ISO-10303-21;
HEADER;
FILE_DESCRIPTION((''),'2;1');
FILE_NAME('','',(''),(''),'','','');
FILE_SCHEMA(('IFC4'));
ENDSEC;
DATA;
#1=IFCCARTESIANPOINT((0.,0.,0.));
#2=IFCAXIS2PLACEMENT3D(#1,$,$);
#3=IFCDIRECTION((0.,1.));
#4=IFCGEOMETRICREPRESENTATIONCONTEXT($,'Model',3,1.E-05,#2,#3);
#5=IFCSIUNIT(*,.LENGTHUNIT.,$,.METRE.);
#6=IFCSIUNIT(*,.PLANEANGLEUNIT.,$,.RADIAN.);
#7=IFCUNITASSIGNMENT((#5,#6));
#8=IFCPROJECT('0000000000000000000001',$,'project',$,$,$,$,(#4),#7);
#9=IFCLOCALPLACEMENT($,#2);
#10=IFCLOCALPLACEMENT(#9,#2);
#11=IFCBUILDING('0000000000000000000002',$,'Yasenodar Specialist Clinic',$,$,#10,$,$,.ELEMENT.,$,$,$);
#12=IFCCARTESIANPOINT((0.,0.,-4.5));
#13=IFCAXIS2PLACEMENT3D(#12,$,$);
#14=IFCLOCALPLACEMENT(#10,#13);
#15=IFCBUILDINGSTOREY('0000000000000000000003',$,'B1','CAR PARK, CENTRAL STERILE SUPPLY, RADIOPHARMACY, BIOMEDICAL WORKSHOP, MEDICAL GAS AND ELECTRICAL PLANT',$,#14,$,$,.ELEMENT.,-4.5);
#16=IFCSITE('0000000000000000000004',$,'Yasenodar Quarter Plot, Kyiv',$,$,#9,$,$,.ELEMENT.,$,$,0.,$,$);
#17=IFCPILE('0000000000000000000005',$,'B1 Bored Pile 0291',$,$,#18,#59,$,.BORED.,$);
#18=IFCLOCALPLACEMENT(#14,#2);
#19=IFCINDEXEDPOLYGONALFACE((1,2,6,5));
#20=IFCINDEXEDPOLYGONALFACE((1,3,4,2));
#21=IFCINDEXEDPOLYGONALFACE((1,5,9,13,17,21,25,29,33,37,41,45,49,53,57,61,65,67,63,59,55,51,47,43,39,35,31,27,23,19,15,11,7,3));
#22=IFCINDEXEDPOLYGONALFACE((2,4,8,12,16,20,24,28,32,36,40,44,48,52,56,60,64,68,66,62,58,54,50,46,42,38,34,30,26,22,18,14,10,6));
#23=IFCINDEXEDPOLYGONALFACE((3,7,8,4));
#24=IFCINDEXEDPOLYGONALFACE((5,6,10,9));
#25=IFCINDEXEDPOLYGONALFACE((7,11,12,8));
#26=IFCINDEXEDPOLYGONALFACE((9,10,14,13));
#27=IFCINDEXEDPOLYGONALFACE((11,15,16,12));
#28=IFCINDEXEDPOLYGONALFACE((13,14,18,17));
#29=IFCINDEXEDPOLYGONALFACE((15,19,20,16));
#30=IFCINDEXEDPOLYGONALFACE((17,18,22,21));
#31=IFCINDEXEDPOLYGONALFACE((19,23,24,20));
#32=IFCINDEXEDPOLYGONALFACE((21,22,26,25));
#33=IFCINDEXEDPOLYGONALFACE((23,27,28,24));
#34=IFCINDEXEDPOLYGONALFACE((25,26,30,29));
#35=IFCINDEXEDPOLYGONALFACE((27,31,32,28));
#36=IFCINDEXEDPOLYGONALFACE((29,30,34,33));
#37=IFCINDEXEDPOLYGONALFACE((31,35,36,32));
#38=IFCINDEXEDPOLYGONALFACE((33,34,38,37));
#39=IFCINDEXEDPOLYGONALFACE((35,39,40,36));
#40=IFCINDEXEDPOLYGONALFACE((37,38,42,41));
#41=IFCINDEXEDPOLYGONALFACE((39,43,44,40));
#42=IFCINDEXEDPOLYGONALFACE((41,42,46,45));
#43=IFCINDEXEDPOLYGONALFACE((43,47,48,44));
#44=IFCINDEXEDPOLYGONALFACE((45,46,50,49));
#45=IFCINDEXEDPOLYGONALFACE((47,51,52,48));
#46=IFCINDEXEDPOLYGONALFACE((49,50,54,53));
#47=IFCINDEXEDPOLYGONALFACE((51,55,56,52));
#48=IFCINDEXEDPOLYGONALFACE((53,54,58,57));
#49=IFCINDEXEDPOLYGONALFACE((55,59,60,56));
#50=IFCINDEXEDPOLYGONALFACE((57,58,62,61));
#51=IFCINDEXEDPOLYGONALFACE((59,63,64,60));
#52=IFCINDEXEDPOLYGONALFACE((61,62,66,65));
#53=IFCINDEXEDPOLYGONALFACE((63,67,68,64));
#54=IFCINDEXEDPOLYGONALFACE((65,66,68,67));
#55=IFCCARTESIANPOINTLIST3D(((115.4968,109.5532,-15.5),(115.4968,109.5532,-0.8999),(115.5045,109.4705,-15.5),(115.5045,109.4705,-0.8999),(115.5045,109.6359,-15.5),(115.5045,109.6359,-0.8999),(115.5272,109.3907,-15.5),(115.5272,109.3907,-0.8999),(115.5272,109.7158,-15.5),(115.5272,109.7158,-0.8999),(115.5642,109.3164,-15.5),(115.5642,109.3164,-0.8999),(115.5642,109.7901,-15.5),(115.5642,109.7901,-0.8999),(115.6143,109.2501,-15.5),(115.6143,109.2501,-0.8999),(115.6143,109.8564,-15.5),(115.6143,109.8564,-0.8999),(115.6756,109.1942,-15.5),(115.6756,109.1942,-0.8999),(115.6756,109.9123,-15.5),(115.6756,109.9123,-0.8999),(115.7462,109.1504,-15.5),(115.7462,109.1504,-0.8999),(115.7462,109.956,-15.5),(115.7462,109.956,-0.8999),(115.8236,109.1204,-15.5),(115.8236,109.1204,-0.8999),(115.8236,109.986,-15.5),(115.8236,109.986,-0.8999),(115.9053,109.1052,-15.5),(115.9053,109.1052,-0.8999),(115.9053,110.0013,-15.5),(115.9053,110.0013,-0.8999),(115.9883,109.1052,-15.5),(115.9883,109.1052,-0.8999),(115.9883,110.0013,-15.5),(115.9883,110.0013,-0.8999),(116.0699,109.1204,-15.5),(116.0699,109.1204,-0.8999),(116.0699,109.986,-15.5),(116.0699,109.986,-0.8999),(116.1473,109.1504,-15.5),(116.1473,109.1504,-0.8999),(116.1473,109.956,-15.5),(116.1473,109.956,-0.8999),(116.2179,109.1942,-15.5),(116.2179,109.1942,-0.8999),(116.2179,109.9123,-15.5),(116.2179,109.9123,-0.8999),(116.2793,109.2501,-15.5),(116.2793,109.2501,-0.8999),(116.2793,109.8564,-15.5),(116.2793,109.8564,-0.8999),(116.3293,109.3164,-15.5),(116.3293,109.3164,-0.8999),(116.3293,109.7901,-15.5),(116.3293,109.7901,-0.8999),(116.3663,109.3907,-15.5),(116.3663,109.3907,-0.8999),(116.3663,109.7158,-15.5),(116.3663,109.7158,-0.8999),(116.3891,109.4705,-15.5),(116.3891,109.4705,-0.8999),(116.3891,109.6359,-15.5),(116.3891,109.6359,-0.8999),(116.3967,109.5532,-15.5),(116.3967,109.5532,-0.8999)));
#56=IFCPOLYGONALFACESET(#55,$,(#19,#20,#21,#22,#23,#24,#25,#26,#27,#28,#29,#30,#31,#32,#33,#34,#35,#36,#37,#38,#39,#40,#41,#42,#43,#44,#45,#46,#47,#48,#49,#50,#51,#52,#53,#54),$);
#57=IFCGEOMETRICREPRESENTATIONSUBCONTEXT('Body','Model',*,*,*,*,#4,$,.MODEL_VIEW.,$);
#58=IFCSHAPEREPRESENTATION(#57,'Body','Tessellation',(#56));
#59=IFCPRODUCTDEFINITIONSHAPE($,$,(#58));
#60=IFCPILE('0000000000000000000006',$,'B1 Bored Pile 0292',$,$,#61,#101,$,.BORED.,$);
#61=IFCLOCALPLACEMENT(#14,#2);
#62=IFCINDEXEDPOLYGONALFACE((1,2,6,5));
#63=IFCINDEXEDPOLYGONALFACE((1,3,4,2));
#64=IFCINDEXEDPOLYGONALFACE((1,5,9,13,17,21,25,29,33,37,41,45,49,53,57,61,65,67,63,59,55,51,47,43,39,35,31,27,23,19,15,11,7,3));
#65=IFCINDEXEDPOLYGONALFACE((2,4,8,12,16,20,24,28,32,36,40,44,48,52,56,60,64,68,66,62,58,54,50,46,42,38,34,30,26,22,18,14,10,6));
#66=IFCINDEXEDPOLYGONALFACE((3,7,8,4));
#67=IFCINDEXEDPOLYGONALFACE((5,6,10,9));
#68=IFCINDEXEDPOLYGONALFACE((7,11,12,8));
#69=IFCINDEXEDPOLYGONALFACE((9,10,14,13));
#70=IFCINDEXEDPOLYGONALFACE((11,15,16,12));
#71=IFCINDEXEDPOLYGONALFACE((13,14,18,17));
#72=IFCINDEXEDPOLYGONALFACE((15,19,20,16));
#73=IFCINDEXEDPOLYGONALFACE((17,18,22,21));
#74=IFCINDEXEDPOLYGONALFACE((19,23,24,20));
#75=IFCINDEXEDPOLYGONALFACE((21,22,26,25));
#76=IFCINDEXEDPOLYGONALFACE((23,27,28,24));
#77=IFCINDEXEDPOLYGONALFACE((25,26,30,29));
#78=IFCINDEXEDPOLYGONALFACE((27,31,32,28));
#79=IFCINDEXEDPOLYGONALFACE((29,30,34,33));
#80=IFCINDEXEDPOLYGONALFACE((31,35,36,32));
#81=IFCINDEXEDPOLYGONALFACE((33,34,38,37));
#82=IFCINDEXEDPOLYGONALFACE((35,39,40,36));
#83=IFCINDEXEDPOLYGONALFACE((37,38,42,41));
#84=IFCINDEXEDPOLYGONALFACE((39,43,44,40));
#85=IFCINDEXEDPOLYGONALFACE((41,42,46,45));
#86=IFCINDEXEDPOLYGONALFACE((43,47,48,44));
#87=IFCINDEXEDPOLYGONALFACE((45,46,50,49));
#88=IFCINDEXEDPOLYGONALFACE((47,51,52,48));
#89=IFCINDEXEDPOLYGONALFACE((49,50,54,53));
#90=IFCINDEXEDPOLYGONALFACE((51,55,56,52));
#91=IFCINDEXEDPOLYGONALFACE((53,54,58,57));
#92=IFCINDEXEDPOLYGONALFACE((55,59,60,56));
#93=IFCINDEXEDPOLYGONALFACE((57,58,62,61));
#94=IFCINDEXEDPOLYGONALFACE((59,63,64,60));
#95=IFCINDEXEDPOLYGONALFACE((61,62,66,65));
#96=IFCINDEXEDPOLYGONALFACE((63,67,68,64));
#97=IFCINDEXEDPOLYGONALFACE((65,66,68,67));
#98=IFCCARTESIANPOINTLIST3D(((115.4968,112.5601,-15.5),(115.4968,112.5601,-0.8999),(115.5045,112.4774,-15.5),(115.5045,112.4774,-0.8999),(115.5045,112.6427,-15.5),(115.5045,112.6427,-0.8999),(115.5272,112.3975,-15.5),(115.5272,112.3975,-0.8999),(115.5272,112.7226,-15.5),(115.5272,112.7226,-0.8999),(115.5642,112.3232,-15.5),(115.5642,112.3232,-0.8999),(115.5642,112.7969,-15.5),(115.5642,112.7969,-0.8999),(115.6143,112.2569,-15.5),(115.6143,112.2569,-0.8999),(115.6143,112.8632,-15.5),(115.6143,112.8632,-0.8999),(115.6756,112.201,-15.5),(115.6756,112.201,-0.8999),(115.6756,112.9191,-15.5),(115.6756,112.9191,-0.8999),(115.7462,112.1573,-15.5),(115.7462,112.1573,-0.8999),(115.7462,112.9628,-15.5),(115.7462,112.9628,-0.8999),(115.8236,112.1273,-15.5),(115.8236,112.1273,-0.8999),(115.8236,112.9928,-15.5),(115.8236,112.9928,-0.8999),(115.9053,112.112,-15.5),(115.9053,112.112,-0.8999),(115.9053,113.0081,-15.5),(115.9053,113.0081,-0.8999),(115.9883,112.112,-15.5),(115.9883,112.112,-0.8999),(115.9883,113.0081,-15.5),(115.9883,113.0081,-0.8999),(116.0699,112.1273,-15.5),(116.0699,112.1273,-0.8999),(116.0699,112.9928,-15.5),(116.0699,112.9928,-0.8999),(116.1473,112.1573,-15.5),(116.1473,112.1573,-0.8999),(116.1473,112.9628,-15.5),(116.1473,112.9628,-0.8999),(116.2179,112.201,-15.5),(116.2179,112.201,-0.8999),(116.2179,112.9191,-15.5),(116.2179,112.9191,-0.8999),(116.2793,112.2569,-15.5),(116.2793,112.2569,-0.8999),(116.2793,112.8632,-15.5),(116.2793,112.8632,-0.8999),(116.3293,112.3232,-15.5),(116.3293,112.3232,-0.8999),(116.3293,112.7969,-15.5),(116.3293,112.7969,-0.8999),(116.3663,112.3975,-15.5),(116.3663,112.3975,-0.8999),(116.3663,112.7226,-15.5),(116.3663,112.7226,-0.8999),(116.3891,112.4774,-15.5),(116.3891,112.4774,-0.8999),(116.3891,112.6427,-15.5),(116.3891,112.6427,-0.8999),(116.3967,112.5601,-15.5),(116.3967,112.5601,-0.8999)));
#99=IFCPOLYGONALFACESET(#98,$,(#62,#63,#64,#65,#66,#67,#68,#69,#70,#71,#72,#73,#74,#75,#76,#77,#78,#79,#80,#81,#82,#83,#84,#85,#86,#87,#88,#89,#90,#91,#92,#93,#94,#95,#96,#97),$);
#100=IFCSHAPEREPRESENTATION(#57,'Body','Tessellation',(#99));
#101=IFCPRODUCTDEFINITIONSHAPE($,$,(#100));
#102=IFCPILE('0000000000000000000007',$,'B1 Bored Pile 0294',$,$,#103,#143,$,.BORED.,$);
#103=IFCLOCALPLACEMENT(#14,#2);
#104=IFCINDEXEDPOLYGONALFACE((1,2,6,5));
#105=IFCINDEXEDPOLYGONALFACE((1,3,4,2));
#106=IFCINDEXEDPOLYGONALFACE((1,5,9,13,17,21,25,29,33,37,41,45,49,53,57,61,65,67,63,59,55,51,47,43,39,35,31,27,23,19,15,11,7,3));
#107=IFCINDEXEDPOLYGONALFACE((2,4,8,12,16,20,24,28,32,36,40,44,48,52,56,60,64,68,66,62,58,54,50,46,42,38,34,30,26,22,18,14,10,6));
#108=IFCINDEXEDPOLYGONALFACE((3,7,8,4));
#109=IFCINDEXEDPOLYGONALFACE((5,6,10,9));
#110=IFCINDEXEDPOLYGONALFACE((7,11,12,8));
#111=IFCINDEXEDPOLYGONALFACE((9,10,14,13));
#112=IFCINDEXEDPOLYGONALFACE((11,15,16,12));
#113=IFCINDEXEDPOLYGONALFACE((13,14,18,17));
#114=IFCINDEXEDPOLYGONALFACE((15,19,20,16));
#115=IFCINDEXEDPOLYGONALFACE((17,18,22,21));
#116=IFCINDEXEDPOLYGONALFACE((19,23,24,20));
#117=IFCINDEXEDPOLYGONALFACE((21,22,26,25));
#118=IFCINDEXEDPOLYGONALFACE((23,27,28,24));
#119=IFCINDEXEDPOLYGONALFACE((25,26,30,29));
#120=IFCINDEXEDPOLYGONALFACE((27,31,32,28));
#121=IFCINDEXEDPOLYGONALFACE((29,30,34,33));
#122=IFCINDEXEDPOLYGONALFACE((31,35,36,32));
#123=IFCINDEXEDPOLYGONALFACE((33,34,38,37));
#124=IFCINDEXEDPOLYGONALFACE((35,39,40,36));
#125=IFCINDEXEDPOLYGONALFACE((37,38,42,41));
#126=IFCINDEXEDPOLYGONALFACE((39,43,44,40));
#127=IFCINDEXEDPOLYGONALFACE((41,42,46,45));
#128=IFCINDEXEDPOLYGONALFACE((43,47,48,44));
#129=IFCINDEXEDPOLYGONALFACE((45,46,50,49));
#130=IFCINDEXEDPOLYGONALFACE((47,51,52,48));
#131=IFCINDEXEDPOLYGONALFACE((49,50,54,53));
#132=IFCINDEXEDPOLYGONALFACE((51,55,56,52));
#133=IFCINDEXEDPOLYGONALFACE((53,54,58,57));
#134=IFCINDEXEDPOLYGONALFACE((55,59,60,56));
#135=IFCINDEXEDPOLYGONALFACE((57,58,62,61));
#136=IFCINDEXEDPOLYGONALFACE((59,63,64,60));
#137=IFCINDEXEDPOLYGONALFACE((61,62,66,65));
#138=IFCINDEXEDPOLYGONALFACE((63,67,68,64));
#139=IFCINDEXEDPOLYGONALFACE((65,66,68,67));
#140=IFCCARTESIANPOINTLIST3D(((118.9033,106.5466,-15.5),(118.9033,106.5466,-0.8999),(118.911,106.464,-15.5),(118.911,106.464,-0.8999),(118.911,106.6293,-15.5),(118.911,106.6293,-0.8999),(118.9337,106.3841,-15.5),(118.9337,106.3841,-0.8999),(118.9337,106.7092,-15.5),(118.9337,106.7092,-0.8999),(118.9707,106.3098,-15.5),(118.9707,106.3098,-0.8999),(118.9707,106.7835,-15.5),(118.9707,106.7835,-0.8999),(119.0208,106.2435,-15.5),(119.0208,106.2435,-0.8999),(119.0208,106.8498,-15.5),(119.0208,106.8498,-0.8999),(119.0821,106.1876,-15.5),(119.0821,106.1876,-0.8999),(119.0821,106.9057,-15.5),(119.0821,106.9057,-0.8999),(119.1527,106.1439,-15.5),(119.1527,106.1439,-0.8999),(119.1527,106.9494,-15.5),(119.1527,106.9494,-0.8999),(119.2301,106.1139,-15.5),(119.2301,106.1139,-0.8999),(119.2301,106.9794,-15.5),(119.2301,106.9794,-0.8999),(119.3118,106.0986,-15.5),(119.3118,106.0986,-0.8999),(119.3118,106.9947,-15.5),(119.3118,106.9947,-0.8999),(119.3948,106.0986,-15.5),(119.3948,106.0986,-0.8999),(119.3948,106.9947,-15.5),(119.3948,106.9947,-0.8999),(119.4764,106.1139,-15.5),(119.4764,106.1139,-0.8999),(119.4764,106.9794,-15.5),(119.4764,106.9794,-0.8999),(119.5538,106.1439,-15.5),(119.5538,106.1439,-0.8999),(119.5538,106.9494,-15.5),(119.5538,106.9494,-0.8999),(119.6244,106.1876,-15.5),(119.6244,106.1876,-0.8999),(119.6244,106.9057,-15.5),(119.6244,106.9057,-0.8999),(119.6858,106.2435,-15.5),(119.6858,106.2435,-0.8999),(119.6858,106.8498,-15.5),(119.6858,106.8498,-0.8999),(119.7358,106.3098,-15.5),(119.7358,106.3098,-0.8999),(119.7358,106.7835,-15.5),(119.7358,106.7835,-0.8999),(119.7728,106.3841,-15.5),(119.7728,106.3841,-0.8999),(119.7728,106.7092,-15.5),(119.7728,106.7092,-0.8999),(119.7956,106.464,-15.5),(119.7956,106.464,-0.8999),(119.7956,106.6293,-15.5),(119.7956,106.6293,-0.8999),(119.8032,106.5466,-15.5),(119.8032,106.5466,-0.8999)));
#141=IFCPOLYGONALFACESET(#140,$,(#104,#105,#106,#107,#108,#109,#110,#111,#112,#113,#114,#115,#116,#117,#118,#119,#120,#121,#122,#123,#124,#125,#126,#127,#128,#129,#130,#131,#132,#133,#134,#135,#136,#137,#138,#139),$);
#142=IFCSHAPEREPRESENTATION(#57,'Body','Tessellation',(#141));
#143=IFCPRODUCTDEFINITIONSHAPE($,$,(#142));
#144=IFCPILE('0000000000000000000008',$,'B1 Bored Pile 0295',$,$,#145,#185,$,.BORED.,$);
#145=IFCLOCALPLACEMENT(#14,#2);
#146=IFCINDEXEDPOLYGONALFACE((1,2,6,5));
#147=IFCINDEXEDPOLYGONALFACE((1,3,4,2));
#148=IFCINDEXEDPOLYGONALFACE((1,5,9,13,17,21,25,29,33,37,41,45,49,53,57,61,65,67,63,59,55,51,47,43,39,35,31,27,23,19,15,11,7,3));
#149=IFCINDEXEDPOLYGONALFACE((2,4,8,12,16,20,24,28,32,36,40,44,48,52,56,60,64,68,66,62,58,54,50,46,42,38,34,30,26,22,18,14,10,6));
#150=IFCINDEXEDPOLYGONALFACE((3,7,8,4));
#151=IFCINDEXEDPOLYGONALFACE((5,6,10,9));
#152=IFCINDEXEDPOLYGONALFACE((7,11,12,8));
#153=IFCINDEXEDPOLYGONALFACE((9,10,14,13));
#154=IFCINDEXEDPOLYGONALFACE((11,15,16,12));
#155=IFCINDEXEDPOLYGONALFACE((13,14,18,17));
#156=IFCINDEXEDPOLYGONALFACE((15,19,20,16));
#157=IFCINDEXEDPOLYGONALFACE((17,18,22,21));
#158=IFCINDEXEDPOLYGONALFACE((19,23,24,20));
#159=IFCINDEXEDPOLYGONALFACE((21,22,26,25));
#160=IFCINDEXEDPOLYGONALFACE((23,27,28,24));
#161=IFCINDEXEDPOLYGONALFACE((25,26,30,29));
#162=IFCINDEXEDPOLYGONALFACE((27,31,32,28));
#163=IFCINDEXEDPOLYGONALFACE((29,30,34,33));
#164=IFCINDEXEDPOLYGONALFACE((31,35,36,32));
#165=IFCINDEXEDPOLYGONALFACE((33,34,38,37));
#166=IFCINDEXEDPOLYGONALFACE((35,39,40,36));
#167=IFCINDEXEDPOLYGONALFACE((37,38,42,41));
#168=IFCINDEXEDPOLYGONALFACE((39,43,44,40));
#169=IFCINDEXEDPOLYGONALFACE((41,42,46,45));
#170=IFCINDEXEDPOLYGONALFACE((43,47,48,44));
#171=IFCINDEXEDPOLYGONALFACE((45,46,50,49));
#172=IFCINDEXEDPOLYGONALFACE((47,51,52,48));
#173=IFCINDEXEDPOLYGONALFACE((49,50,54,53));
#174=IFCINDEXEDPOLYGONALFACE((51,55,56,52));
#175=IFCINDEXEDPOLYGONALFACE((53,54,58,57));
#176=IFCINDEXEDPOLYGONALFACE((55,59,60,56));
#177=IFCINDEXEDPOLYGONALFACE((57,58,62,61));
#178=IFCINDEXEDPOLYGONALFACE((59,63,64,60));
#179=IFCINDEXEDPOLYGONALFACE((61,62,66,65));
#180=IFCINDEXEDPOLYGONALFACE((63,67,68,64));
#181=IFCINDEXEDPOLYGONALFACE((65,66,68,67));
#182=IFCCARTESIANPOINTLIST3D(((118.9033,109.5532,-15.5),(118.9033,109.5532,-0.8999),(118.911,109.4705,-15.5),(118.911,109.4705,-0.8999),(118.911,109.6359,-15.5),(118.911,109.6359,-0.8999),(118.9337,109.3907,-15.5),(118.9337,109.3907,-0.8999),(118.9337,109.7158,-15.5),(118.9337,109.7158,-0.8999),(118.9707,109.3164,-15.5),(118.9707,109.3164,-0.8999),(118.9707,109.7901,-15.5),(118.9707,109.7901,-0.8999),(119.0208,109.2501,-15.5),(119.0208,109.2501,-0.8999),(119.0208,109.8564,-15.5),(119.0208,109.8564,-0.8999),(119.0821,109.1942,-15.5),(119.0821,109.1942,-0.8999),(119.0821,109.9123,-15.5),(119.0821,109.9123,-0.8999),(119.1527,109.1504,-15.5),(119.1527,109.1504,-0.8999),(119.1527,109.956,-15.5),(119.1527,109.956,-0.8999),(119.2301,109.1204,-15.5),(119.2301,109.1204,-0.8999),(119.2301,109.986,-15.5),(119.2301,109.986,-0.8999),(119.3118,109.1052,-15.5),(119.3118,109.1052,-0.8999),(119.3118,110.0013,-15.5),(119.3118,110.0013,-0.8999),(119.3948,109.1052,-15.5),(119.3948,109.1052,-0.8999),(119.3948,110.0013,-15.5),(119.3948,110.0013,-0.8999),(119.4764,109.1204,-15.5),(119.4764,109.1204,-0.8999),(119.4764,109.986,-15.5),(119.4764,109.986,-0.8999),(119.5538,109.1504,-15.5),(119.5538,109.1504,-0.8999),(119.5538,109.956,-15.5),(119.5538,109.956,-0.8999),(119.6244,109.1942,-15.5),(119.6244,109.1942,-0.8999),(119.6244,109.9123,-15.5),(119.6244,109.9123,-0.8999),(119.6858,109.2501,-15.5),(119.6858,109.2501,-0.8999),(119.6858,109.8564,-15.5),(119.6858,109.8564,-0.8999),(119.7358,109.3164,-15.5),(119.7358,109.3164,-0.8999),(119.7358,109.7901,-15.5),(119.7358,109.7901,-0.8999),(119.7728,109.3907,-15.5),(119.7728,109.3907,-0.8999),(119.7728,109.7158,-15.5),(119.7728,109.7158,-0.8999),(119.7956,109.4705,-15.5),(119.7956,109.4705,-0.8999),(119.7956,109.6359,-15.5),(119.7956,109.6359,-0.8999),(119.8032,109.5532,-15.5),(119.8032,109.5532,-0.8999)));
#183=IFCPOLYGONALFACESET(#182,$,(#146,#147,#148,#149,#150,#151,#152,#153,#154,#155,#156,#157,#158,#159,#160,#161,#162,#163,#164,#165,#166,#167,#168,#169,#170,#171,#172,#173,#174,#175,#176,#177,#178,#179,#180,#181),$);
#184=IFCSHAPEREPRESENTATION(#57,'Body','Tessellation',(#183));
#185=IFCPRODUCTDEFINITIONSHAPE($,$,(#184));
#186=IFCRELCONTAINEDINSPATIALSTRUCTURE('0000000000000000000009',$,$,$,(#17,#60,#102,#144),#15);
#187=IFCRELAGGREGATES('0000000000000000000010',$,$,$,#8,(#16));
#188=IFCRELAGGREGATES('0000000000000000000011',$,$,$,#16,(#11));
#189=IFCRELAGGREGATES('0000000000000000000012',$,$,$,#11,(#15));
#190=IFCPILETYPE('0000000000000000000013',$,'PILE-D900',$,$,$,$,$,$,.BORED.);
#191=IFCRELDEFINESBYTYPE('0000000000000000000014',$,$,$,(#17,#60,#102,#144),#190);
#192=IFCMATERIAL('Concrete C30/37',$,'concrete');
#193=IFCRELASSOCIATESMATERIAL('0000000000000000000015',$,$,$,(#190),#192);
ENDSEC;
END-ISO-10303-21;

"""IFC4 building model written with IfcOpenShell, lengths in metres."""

from ifc_helpers import new_model, si_unit, direction, frame, origin, origin_2d, place, context, subcontext, project, spatial, circle, extrude, material, material_profile, profile_set, type_object, element, save


model = new_model("IFC4")

# Units and contexts
model_context = context("Model", 3, precision=1e-05, world=origin(), true_north=direction((0.0, 1.0)))
body_context = subcontext(model_context, "Body", "Model", "MODEL_VIEW")
ifc_project = project(units=[si_unit("LENGTHUNIT", "METRE"), si_unit("PLANEANGLEUNIT", "RADIAN")], contexts=[model_context])

# Site, building, storey
site_placement = place(None, origin())
site = spatial("IfcSite", under=ifc_project, at=site_placement, Name="Yasenodar Quarter Plot, Kyiv", CompositionType="ELEMENT", RefElevation=0.0)
building_placement = place(site_placement, origin())
building = spatial("IfcBuilding", under=site, at=building_placement, Name="Yasenodar Specialist Clinic", CompositionType="ELEMENT")
storey_placement = place(building_placement, frame((0.0, 0.0, -4.5)))
storey = spatial("IfcBuildingStorey", under=building, at=storey_placement, Name="B1", Description="CAR PARK, CENTRAL STERILE SUPPLY, RADIOPHARMACY, BIOMEDICAL WORKSHOP, MEDICAL GAS AND ELECTRICAL PLANT", CompositionType="ELEMENT", Elevation=-4.5)

# Piles
ifc_material_1 = material(Name="Concrete C30/37", Category="concrete")
ifc_material_profile_1 = material_profile(ifc_material_1, circle(Radius=0.45, at=origin_2d()), Name="PILE D900")
ifc_profile_set_1 = profile_set([ifc_material_profile_1], Name="Concrete C30/37")
pile_type_1 = type_object("IfcPileType", Name="PILE-D900", PredefinedType="BORED", material=ifc_profile_set_1)
for number, where, z_axis, x_axis, name in (
    (1, (115.9468, 109.5532, -0.8999), (0.0, 0.0, -1.0), (1.0, 0.0, 0.0), "B1 Bored Pile 0291"),
    (2, (115.9468, 112.5601, -0.8999), (0.0, 0.0, -1.0), (1.0, 0.0, 0.0), "B1 Bored Pile 0292"),
    (3, (119.3533, 106.5466, -0.8999), (0.0, 0.0, -1.0), (1.0, 0.0, 0.0), "B1 Bored Pile 0294"),
    (4, (119.3533, 109.5532, -0.8999), (0.0, 0.0, -1.0), (1.0, 0.0, 0.0), "B1 Bored Pile 0295"),
):
    element("IfcPile", number, at=place(storey_placement, frame(where, z_axis=z_axis, x_axis=x_axis)), inside=storey, type_object=pile_type_1, Name=name, PredefinedType="BORED", context=body_context, shape_type="SweptSolid", body=[
        extrude(circle(Radius=0.45, at=origin_2d()), origin(), (0.0, 0.0, 1.0), 14.6001),
    ])

save(model, "model.ifc")
